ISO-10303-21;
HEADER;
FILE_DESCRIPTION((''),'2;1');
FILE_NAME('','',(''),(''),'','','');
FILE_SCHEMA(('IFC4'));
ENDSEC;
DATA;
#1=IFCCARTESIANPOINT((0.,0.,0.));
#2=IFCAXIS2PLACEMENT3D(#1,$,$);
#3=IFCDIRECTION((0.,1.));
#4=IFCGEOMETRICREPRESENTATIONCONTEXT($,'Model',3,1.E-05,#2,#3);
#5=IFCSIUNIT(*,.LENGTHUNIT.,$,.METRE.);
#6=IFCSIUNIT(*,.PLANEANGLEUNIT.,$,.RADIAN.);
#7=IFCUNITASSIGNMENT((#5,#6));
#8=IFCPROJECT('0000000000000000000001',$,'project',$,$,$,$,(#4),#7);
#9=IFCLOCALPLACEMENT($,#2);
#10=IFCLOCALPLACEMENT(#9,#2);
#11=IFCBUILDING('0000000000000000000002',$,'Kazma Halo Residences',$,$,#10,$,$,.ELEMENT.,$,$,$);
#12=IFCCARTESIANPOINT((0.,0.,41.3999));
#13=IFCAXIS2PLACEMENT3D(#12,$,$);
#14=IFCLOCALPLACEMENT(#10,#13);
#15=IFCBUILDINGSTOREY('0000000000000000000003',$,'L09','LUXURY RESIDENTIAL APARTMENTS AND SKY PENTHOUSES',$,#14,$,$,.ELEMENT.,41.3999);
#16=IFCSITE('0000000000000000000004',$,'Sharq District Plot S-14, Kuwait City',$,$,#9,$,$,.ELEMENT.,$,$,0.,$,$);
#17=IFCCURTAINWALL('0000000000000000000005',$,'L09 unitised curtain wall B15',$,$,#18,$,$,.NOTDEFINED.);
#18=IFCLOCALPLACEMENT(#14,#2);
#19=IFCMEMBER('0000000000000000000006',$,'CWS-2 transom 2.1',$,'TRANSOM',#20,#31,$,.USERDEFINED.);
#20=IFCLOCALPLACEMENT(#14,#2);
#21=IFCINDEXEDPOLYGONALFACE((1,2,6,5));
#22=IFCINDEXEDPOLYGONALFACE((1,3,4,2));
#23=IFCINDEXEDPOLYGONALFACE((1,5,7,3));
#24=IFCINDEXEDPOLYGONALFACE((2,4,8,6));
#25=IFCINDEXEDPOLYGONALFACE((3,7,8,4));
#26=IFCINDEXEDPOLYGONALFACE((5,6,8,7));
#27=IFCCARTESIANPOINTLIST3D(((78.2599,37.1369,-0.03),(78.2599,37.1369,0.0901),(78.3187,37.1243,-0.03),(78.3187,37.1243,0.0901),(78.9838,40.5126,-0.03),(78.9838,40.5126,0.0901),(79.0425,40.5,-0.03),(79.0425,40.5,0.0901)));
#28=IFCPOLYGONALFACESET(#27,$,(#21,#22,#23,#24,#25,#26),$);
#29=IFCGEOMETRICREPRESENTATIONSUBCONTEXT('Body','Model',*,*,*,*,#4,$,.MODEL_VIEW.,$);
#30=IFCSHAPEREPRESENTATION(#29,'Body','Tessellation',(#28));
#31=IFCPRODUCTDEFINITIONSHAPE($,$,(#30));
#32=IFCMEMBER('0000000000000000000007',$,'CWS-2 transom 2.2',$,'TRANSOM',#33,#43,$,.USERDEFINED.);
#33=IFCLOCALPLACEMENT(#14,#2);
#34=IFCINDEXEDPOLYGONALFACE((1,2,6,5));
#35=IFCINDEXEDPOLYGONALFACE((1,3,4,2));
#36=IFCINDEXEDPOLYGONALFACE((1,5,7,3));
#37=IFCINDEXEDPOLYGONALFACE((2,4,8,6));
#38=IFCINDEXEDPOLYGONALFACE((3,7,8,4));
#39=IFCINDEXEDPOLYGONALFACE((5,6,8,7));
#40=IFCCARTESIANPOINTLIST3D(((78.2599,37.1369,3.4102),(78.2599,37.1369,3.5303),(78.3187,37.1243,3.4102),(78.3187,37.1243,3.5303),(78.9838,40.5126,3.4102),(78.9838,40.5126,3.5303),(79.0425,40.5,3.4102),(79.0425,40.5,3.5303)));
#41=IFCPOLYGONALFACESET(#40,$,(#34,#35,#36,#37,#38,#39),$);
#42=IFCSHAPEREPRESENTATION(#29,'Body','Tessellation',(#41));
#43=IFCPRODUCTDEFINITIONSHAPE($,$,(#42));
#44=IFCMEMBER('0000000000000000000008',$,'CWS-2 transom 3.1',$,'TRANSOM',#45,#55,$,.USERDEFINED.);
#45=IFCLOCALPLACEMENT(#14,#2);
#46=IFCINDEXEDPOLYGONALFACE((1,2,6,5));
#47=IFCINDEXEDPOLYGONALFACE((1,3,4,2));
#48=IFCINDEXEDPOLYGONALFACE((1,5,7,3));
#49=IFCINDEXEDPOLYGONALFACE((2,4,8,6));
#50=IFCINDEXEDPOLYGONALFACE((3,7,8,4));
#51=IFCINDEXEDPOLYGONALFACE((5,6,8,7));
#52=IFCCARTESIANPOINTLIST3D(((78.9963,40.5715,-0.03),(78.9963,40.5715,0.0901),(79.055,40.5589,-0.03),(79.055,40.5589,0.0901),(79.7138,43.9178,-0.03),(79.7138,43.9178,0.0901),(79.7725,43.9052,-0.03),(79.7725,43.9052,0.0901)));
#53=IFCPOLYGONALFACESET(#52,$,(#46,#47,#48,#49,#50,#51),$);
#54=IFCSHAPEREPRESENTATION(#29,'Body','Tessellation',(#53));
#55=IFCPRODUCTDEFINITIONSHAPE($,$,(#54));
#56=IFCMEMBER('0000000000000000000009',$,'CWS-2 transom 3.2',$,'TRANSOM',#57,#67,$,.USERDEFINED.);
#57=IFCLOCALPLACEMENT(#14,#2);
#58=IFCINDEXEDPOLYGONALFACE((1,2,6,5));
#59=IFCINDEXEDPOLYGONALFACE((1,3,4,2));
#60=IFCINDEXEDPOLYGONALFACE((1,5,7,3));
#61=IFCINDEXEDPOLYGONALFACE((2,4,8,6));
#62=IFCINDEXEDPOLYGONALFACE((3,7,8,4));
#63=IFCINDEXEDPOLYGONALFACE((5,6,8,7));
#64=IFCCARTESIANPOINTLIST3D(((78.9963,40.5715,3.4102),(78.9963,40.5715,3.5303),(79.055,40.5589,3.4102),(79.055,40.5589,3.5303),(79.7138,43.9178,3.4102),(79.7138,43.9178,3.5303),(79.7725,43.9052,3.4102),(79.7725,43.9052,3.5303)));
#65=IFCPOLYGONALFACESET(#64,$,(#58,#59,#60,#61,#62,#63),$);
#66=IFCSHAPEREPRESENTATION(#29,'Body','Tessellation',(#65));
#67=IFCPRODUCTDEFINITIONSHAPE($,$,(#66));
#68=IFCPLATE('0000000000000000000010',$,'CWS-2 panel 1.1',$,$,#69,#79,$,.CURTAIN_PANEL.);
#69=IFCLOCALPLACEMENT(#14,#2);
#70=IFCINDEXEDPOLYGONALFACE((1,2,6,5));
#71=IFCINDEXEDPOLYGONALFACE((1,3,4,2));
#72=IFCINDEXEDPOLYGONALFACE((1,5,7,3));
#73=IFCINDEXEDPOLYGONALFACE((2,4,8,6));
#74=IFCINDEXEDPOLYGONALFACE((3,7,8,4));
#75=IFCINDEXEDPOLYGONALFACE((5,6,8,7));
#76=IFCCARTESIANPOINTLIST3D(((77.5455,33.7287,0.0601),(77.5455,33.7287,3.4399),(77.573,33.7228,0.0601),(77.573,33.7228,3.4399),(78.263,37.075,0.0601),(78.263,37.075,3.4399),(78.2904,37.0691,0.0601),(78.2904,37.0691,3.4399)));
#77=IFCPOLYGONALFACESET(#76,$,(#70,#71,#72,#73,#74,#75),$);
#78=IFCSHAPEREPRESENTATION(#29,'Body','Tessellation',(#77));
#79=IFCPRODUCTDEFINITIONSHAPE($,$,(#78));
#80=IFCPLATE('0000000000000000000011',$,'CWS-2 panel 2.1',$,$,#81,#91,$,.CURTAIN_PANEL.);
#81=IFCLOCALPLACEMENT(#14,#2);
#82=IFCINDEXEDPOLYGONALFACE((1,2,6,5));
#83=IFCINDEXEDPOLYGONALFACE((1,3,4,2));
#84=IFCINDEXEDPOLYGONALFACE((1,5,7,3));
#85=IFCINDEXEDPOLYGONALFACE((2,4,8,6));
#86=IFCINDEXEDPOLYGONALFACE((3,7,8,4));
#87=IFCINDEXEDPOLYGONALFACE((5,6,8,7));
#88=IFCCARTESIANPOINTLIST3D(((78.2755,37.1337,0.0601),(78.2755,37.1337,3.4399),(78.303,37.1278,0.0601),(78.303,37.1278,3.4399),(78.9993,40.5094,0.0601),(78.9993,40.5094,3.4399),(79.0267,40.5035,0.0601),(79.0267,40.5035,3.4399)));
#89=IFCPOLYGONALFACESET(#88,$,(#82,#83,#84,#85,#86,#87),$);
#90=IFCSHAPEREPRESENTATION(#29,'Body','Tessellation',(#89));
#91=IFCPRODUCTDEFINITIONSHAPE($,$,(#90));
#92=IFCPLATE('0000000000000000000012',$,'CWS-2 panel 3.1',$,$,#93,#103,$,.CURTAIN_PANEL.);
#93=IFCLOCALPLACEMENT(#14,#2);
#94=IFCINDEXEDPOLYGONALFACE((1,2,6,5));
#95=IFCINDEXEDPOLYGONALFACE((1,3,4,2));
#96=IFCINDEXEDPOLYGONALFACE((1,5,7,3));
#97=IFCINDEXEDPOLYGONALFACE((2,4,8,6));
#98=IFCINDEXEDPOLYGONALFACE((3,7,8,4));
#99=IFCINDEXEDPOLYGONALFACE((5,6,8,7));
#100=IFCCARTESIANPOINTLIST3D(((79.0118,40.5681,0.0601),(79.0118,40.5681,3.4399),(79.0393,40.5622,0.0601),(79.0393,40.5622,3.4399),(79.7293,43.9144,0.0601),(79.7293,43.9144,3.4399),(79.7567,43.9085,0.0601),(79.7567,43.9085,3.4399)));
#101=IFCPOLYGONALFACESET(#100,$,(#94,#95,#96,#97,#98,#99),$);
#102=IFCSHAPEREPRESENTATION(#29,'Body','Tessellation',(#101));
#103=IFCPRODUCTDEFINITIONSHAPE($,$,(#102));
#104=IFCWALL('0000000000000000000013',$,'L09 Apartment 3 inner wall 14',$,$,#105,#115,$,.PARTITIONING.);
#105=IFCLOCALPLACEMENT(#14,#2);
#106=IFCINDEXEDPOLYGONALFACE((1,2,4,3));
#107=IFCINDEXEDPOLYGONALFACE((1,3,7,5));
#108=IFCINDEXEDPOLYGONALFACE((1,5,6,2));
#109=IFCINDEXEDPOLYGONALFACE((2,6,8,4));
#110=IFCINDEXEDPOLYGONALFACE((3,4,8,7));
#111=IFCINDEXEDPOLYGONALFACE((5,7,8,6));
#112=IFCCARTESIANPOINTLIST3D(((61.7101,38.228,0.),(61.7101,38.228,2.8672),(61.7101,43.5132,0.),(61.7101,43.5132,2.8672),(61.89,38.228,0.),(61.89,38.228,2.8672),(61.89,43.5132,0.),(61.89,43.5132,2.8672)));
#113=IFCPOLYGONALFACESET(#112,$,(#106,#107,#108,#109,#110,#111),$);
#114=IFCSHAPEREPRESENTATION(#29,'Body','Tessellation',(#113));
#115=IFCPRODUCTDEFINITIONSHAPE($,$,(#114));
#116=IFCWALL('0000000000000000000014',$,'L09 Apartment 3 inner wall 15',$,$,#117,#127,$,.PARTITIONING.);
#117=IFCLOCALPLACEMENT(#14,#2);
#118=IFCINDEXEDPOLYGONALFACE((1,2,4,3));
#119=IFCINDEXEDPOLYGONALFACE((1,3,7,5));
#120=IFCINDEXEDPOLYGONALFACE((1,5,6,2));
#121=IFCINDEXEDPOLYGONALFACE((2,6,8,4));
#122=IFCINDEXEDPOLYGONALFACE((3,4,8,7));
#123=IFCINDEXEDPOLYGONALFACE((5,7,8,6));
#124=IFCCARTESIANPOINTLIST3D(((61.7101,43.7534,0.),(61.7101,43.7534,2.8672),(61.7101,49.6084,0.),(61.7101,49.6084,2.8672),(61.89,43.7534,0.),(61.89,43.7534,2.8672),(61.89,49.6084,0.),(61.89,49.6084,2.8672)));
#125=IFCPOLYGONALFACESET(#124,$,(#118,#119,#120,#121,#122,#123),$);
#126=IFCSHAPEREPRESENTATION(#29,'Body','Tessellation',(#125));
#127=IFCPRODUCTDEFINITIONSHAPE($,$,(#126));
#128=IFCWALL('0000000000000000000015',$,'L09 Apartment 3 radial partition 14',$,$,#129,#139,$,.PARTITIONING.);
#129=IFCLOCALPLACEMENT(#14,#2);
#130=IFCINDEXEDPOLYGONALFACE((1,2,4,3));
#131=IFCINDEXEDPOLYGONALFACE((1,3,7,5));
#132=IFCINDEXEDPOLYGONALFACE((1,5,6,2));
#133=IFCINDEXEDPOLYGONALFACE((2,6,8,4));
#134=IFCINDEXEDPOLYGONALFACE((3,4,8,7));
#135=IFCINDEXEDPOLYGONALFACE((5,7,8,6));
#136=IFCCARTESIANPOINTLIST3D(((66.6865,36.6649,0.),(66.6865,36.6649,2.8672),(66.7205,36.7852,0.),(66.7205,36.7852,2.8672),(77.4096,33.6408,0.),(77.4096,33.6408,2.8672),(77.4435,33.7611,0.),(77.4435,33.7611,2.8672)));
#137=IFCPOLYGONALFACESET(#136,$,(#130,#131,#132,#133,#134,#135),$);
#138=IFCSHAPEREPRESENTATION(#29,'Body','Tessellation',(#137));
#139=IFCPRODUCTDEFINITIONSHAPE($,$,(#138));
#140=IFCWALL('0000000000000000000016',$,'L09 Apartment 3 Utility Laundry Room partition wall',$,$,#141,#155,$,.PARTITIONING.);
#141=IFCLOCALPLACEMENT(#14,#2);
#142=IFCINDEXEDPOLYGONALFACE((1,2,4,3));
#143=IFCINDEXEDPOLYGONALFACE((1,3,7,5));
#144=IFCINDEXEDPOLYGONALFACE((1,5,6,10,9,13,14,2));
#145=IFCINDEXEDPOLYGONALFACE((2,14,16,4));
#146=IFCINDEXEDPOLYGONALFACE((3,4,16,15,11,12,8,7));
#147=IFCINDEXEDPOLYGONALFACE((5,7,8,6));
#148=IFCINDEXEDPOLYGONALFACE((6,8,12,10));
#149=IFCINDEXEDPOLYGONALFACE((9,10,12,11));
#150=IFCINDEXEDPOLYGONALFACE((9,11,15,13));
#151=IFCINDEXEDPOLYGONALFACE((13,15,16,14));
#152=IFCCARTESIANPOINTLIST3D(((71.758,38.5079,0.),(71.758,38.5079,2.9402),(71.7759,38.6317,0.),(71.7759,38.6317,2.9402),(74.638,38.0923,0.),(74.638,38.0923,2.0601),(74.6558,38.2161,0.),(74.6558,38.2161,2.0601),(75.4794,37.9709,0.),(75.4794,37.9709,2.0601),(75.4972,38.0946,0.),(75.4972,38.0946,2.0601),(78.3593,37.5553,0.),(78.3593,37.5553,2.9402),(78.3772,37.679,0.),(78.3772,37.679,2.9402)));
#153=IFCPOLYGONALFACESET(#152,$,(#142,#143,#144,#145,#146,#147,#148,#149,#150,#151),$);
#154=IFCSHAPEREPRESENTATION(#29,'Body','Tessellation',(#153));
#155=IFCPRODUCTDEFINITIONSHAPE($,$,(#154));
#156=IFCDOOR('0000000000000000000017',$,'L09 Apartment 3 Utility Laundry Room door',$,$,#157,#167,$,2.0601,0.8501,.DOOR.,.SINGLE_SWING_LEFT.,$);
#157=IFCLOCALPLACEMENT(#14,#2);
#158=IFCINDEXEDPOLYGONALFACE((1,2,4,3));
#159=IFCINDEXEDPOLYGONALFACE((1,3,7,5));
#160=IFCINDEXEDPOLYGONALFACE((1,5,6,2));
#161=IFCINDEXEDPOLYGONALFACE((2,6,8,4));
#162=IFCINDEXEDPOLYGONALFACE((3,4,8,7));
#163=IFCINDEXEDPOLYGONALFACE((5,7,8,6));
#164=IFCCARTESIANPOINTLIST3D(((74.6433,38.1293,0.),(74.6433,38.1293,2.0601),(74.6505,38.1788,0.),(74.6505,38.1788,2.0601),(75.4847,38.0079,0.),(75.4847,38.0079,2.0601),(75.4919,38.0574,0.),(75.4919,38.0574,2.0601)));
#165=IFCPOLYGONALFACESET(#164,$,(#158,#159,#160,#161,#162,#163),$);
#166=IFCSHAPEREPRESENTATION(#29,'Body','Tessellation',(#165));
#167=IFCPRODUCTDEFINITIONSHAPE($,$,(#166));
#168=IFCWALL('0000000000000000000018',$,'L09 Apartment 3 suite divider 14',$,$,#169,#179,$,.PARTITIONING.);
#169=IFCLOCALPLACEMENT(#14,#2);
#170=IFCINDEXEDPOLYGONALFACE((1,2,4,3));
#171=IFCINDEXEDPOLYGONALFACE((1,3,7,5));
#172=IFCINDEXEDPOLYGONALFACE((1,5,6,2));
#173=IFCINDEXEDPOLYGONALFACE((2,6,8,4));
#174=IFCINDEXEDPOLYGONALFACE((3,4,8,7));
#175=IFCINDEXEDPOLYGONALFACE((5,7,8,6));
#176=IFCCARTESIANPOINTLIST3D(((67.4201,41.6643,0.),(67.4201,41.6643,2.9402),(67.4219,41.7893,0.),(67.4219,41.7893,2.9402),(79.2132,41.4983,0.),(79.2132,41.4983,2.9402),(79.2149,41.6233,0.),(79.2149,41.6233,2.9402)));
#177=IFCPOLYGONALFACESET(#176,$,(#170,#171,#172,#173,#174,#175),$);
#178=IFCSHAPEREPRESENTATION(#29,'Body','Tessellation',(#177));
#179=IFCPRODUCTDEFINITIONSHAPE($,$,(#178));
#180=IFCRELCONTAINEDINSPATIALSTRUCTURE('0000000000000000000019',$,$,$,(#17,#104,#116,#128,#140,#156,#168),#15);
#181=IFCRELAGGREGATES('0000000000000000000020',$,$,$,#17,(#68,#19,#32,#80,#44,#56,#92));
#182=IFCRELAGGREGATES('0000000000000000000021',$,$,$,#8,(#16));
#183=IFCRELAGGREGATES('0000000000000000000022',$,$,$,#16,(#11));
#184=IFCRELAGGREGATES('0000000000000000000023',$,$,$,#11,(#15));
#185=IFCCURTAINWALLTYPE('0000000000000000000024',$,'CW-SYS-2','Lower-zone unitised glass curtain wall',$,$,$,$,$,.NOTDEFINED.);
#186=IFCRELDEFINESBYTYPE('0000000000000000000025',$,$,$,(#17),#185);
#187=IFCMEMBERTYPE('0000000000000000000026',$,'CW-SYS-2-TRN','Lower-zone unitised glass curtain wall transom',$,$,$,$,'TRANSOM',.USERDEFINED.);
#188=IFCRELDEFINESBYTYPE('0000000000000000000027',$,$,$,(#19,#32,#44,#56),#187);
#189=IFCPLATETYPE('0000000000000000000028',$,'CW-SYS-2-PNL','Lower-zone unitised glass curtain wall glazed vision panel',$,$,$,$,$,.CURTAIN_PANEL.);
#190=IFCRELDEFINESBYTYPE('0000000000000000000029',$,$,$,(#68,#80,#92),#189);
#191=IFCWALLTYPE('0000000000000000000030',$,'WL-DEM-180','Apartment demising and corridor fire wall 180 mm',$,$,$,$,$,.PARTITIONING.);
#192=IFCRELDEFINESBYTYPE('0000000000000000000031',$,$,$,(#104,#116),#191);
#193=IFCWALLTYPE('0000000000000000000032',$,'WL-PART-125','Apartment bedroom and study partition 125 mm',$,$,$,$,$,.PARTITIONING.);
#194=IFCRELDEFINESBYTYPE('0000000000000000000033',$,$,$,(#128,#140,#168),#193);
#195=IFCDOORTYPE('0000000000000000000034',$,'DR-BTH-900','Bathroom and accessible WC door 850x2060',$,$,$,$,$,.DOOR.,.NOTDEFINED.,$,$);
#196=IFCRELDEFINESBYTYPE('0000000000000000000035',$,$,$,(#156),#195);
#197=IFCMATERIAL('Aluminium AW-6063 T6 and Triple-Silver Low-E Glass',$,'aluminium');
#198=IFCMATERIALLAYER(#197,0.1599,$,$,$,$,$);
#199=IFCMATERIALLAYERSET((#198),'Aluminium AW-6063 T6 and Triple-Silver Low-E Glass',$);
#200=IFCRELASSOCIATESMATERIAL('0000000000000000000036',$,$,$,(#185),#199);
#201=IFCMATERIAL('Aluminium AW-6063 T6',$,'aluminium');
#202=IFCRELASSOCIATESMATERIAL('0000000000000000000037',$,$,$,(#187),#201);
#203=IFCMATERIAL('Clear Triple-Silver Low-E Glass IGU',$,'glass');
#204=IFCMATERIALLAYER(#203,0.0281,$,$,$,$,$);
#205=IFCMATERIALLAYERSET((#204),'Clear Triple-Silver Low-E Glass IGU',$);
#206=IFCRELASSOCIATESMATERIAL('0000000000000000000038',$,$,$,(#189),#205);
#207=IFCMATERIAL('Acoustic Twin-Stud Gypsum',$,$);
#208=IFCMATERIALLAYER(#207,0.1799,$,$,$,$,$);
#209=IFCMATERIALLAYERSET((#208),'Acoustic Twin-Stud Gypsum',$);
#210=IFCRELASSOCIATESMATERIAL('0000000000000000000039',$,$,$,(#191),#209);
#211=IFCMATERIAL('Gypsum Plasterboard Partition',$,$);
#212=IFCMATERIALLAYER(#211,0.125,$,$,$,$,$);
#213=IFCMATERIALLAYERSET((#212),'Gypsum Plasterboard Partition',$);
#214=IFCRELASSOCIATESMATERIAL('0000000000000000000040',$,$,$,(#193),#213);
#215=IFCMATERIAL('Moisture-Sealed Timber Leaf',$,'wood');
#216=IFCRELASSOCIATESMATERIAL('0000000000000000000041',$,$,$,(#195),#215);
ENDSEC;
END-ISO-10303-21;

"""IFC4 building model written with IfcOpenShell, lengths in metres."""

from ifc_helpers import new_model, si_unit, direction, frame, frame_2d, origin, origin_2d, place, context, subcontext, project, spatial, rectangle, extrude, material, layer, layer_set, material_profile, profile_set, type_object, element, fill, aggregate, save


model = new_model("IFC4")

# Units and contexts
model_context = context("Model", 3, precision=1e-05, world=origin(), true_north=direction((0.0, 1.0)))
body_context = subcontext(model_context, "Body", "Model", "MODEL_VIEW")
ifc_project = project(units=[si_unit("LENGTHUNIT", "METRE"), si_unit("PLANEANGLEUNIT", "RADIAN")], contexts=[model_context])

# Site, building, storey
site_placement = place(None, origin())
site = spatial("IfcSite", under=ifc_project, at=site_placement, Name="Sharq District Plot S-14, Kuwait City", CompositionType="ELEMENT", RefElevation=0.0)
building_placement = place(site_placement, origin())
building = spatial("IfcBuilding", under=site, at=building_placement, Name="Kazma Halo Residences", CompositionType="ELEMENT")
storey_placement = place(building_placement, frame((0.0, 0.0, 41.3999)))
storey = spatial("IfcBuildingStorey", under=building, at=storey_placement, Name="L09", Description="LUXURY RESIDENTIAL APARTMENTS AND SKY PENTHOUSES", CompositionType="ELEMENT", Elevation=41.3999)

# Curtain wall, members, plates
ifc_material_1 = material(Name="Aluminium AW-6063 T6 and Triple-Silver Low-E Glass", Category="aluminium")
ifc_layer_1 = layer(ifc_material_1, 0.1599)
ifc_layer_set_1 = layer_set([ifc_layer_1], Name="Aluminium AW-6063 T6 and Triple-Silver Low-E Glass")
curtain_wall_type = type_object("IfcCurtainWallType", Name="CW-SYS-2", Description="Lower-zone unitised glass curtain wall", PredefinedType="NOTDEFINED", material=ifc_layer_set_1)
curtain_wall_placement = place(storey_placement, origin())
curtain_wall = element("IfcCurtainWall", 1, at=curtain_wall_placement, inside=storey, type_object=curtain_wall_type, Name="L09 unitised curtain wall B15", PredefinedType="NOTDEFINED")
ifc_material_2 = material(Name="Aluminium AW-6063 T6", Category="aluminium")
ifc_material_profile_1 = material_profile(ifc_material_2, rectangle(XDim=0.0601, YDim=0.1201, at=origin_2d()), Name="CWT-60x120")
ifc_profile_set_1 = profile_set([ifc_material_profile_1], Name="Aluminium AW-6063 T6")
member_type_1 = type_object("IfcMemberType", Name="CW-SYS-2-TRN", Description="Lower-zone unitised glass curtain wall transom", ElementType="TRANSOM", PredefinedType="USERDEFINED", material=ifc_profile_set_1)
member_1_placement = place(storey_placement, frame((78.2893, 37.1306, 0.03), z_axis=(0.209669, 0.977772, 0.0), x_axis=(-0.977772, 0.209669, 0.0)))
member_1 = element("IfcMember", 2, at=member_1_placement, type_object=member_type_1, Name="CWS-2 transom 2.1", ObjectType="TRANSOM", PredefinedType="USERDEFINED", context=body_context, shape_type="SweptSolid", body=[
    extrude(rectangle(XDim=0.0601, YDim=0.1201, at=origin_2d()), origin(), (0.0, 0.0, 1.0), 3.4524),
])
member_2_placement = place(storey_placement, frame((78.2893, 37.1306, 3.4702), z_axis=(0.209669, 0.977772, 0.0), x_axis=(-0.977772, 0.209669, 0.0)))
member_2 = element("IfcMember", 3, at=member_2_placement, type_object=member_type_1, Name="CWS-2 transom 2.2", ObjectType="TRANSOM", PredefinedType="USERDEFINED", context=body_context, shape_type="SweptSolid", body=[
    extrude(rectangle(XDim=0.0601, YDim=0.1201, at=origin_2d()), origin(), (0.0, 0.0, 1.0), 3.4524),
])
member_3_placement = place(storey_placement, frame((79.0256, 40.5652, 0.03), z_axis=(0.209666, 0.977773, 0.0), x_axis=(-0.977773, 0.209666, 0.0)))
member_3 = element("IfcMember", 4, at=member_3_placement, type_object=member_type_1, Name="CWS-2 transom 3.1", ObjectType="TRANSOM", PredefinedType="USERDEFINED", context=body_context, shape_type="SweptSolid", body=[
    extrude(rectangle(XDim=0.0601, YDim=0.1201, at=origin_2d()), origin(), (0.0, 0.0, 1.0), 3.4224),
])
member_4_placement = place(storey_placement, frame((79.0256, 40.5652, 3.4702), z_axis=(0.209666, 0.977773, 0.0), x_axis=(-0.977773, 0.209666, 0.0)))
member_4 = element("IfcMember", 5, at=member_4_placement, type_object=member_type_1, Name="CWS-2 transom 3.2", ObjectType="TRANSOM", PredefinedType="USERDEFINED", context=body_context, shape_type="SweptSolid", body=[
    extrude(rectangle(XDim=0.0601, YDim=0.1201, at=origin_2d()), origin(), (0.0, 0.0, 1.0), 3.4224),
])
ifc_material_3 = material(Name="Clear Triple-Silver Low-E Glass IGU", Category="glass")
ifc_layer_2 = layer(ifc_material_3, 0.0281)
ifc_layer_set_2 = layer_set([ifc_layer_2], Name="Clear Triple-Silver Low-E Glass IGU")
plate_type = type_object("IfcPlateType", Name="CW-SYS-2-PNL", Description="Lower-zone unitised glass curtain wall glazed vision panel", PredefinedType="CURTAIN_PANEL", material=ifc_layer_set_2)
plate_1_placement = place(storey_placement, frame((77.918, 35.3989, 0.0601), z_axis=(0.0, 0.0, 1.0), x_axis=(0.209637, 0.977779, 0.0)))
plate_1 = element("IfcPlate", 6, at=plate_1_placement, type_object=plate_type, Name="CWS-2 panel 1.1", PredefinedType="CURTAIN_PANEL", context=body_context, shape_type="SweptSolid", body=[
    extrude(rectangle(XDim=3.4224, YDim=0.0281, at=origin_2d()), origin(), (0.0, 0.0, 1.0), 3.3799),
])
plate_2_placement = place(storey_placement, frame((78.6511, 38.8186, 0.0601), z_axis=(0.0, 0.0, 1.0), x_axis=(0.209637, 0.977779, 0.0)))
plate_2 = element("IfcPlate", 7, at=plate_2_placement, type_object=plate_type, Name="CWS-2 panel 2.1", PredefinedType="CURTAIN_PANEL", context=body_context, shape_type="SweptSolid", body=[
    extrude(rectangle(XDim=3.4524, YDim=0.0281, at=origin_2d()), origin(), (0.0, 0.0, 1.0), 3.3799),
])
plate_3_placement = place(storey_placement, frame((79.3843, 42.2383, 0.0601), z_axis=(0.0, 0.0, 1.0), x_axis=(0.209637, 0.977779, 0.0)))
plate_3 = element("IfcPlate", 8, at=plate_3_placement, type_object=plate_type, Name="CWS-2 panel 3.1", PredefinedType="CURTAIN_PANEL", context=body_context, shape_type="SweptSolid", body=[
    extrude(rectangle(XDim=3.4224, YDim=0.0281, at=origin_2d()), origin(), (0.0, 0.0, 1.0), 3.3799),
])
aggregate(curtain_wall, [plate_1, member_1, member_2, plate_2, member_3, member_4, plate_3])

# Walls
ifc_material_4 = material(Name="Acoustic Twin-Stud Gypsum")
ifc_layer_3 = layer(ifc_material_4, 0.1799)
ifc_layer_set_3 = layer_set([ifc_layer_3], Name="Acoustic Twin-Stud Gypsum")
wall_type_1 = type_object("IfcWallType", Name="WL-DEM-180", Description="Apartment demising and corridor fire wall 180 mm", PredefinedType="PARTITIONING", material=ifc_layer_set_3)
wall_1_placement = place(storey_placement, frame((61.8, 38.228, 0.0), z_axis=(0.0, 0.0, 1.0), x_axis=(0.0, 1.0, 0.0)))
element("IfcWall", 9, at=wall_1_placement, inside=storey, type_object=wall_type_1, Name="L09 Apartment 3 inner wall 14", PredefinedType="PARTITIONING", context=body_context, shape_type="SweptSolid", body=[
    extrude(rectangle(XDim=5.2852, YDim=0.1799, at=frame_2d((2.6426, 0.0))), origin(), (0.0, 0.0, 1.0), 2.8672),
])
wall_2_placement = place(storey_placement, frame((61.8, 43.7534, 0.0), z_axis=(0.0, 0.0, 1.0), x_axis=(0.0, 1.0, 0.0)))
element("IfcWall", 10, at=wall_2_placement, inside=storey, type_object=wall_type_1, Name="L09 Apartment 3 inner wall 15", PredefinedType="PARTITIONING", context=body_context, shape_type="SweptSolid", body=[
    extrude(rectangle(XDim=5.855, YDim=0.1799, at=frame_2d((2.9275, 0.0))), origin(), (0.0, 0.0, 1.0), 2.8672),
])
ifc_material_5 = material(Name="Gypsum Plasterboard Partition")
ifc_layer_4 = layer(ifc_material_5, 0.125)
ifc_layer_set_4 = layer_set([ifc_layer_4], Name="Gypsum Plasterboard Partition")
wall_type_2 = type_object("IfcWallType", Name="WL-PART-125", Description="Apartment bedroom and study partition 125 mm", PredefinedType="PARTITIONING", material=ifc_layer_set_4)
wall_3_placement = place(storey_placement, frame((66.7034, 36.7251, 0.0), z_axis=(0.0, 0.0, 1.0), x_axis=(0.962457, -0.271435, 0.0)))
element("IfcWall", 11, at=wall_3_placement, inside=storey, type_object=wall_type_2, Name="L09 Apartment 3 radial partition 14", PredefinedType="PARTITIONING", context=body_context, shape_type="SweptSolid", body=[
    extrude(rectangle(XDim=11.1414, YDim=0.125, at=frame_2d((5.5708, 0.0))), origin(), (0.0, 0.0, 1.0), 2.8672),
])

# Wall, opening, door
wall_4_placement = place(storey_placement, frame((71.7668, 38.5698, 0.0), z_axis=(0.0, 0.0, 1.0), x_axis=(0.989747, -0.14283, 0.0)))
wall_4 = element("IfcWall", 12, at=wall_4_placement, inside=storey, type_object=wall_type_2, Name="L09 Apartment 3 Utility Laundry Room partition wall", PredefinedType="PARTITIONING", context=body_context, shape_type="SweptSolid", body=[
    extrude(rectangle(XDim=6.6697, YDim=0.125, at=frame_2d((3.335, 0.0))), origin(), (0.0, 0.0, 1.0), 2.9402),
])
opening_1_placement = place(wall_4_placement, frame((2.9099, 0.0, 0.0)))
opening_1 = element("IfcOpeningElement", 13, at=opening_1_placement, cuts=wall_4, PredefinedType="OPENING", context=body_context, shape_type="SweptSolid", body=[
    extrude(rectangle(XDim=0.8501, YDim=2.0601, at=frame_2d((0.425, 1.03))), frame((0.0, 0.0725, 0.0), z_axis=(0.0, -1.0, 0.0), x_axis=(1.0, 0.0, 0.0)), (0.0, 0.0, 1.0), 0.145),
])
ifc_material_6 = material(Name="Moisture-Sealed Timber Leaf", Category="wood")
door_type = type_object("IfcDoorType", Name="DR-BTH-900", Description="Bathroom and accessible WC door 850x2060", OperationType="NOTDEFINED", PredefinedType="DOOR", material=ifc_material_6)
door_1_placement = place(opening_1_placement, origin())
door_1 = element("IfcDoor", 14, at=door_1_placement, inside=storey, type_object=door_type, Name="L09 Apartment 3 Utility Laundry Room door", OperationType="SINGLE_SWING_LEFT", OverallHeight=2.0601, OverallWidth=0.8501, PredefinedType="DOOR", context=body_context, shape_type="SweptSolid", body=[
    extrude(rectangle(XDim=0.8501, YDim=2.0601, at=frame_2d((0.425, 1.03))), frame((0.0, 0.0249, 0.0), z_axis=(0.0, -1.0, 0.0), x_axis=(1.0, 0.0, 0.0)), (0.0, 0.0, 1.0), 0.05),
])
fill(opening_1, door_1)

# Wall
wall_5_placement = place(storey_placement, frame((67.4211, 41.7268, 0.0), z_axis=(0.0, 0.0, 1.0), x_axis=(0.999901, -0.014076, 0.0)))
element("IfcWall", 15, at=wall_5_placement, inside=storey, type_object=wall_type_2, Name="L09 Apartment 3 suite divider 14", PredefinedType="PARTITIONING", context=body_context, shape_type="SweptSolid", body=[
    extrude(rectangle(XDim=11.7942, YDim=0.125, at=frame_2d((5.897, 0.0))), origin(), (0.0, 0.0, 1.0), 2.9402),
])

save(model, "model.ifc")
